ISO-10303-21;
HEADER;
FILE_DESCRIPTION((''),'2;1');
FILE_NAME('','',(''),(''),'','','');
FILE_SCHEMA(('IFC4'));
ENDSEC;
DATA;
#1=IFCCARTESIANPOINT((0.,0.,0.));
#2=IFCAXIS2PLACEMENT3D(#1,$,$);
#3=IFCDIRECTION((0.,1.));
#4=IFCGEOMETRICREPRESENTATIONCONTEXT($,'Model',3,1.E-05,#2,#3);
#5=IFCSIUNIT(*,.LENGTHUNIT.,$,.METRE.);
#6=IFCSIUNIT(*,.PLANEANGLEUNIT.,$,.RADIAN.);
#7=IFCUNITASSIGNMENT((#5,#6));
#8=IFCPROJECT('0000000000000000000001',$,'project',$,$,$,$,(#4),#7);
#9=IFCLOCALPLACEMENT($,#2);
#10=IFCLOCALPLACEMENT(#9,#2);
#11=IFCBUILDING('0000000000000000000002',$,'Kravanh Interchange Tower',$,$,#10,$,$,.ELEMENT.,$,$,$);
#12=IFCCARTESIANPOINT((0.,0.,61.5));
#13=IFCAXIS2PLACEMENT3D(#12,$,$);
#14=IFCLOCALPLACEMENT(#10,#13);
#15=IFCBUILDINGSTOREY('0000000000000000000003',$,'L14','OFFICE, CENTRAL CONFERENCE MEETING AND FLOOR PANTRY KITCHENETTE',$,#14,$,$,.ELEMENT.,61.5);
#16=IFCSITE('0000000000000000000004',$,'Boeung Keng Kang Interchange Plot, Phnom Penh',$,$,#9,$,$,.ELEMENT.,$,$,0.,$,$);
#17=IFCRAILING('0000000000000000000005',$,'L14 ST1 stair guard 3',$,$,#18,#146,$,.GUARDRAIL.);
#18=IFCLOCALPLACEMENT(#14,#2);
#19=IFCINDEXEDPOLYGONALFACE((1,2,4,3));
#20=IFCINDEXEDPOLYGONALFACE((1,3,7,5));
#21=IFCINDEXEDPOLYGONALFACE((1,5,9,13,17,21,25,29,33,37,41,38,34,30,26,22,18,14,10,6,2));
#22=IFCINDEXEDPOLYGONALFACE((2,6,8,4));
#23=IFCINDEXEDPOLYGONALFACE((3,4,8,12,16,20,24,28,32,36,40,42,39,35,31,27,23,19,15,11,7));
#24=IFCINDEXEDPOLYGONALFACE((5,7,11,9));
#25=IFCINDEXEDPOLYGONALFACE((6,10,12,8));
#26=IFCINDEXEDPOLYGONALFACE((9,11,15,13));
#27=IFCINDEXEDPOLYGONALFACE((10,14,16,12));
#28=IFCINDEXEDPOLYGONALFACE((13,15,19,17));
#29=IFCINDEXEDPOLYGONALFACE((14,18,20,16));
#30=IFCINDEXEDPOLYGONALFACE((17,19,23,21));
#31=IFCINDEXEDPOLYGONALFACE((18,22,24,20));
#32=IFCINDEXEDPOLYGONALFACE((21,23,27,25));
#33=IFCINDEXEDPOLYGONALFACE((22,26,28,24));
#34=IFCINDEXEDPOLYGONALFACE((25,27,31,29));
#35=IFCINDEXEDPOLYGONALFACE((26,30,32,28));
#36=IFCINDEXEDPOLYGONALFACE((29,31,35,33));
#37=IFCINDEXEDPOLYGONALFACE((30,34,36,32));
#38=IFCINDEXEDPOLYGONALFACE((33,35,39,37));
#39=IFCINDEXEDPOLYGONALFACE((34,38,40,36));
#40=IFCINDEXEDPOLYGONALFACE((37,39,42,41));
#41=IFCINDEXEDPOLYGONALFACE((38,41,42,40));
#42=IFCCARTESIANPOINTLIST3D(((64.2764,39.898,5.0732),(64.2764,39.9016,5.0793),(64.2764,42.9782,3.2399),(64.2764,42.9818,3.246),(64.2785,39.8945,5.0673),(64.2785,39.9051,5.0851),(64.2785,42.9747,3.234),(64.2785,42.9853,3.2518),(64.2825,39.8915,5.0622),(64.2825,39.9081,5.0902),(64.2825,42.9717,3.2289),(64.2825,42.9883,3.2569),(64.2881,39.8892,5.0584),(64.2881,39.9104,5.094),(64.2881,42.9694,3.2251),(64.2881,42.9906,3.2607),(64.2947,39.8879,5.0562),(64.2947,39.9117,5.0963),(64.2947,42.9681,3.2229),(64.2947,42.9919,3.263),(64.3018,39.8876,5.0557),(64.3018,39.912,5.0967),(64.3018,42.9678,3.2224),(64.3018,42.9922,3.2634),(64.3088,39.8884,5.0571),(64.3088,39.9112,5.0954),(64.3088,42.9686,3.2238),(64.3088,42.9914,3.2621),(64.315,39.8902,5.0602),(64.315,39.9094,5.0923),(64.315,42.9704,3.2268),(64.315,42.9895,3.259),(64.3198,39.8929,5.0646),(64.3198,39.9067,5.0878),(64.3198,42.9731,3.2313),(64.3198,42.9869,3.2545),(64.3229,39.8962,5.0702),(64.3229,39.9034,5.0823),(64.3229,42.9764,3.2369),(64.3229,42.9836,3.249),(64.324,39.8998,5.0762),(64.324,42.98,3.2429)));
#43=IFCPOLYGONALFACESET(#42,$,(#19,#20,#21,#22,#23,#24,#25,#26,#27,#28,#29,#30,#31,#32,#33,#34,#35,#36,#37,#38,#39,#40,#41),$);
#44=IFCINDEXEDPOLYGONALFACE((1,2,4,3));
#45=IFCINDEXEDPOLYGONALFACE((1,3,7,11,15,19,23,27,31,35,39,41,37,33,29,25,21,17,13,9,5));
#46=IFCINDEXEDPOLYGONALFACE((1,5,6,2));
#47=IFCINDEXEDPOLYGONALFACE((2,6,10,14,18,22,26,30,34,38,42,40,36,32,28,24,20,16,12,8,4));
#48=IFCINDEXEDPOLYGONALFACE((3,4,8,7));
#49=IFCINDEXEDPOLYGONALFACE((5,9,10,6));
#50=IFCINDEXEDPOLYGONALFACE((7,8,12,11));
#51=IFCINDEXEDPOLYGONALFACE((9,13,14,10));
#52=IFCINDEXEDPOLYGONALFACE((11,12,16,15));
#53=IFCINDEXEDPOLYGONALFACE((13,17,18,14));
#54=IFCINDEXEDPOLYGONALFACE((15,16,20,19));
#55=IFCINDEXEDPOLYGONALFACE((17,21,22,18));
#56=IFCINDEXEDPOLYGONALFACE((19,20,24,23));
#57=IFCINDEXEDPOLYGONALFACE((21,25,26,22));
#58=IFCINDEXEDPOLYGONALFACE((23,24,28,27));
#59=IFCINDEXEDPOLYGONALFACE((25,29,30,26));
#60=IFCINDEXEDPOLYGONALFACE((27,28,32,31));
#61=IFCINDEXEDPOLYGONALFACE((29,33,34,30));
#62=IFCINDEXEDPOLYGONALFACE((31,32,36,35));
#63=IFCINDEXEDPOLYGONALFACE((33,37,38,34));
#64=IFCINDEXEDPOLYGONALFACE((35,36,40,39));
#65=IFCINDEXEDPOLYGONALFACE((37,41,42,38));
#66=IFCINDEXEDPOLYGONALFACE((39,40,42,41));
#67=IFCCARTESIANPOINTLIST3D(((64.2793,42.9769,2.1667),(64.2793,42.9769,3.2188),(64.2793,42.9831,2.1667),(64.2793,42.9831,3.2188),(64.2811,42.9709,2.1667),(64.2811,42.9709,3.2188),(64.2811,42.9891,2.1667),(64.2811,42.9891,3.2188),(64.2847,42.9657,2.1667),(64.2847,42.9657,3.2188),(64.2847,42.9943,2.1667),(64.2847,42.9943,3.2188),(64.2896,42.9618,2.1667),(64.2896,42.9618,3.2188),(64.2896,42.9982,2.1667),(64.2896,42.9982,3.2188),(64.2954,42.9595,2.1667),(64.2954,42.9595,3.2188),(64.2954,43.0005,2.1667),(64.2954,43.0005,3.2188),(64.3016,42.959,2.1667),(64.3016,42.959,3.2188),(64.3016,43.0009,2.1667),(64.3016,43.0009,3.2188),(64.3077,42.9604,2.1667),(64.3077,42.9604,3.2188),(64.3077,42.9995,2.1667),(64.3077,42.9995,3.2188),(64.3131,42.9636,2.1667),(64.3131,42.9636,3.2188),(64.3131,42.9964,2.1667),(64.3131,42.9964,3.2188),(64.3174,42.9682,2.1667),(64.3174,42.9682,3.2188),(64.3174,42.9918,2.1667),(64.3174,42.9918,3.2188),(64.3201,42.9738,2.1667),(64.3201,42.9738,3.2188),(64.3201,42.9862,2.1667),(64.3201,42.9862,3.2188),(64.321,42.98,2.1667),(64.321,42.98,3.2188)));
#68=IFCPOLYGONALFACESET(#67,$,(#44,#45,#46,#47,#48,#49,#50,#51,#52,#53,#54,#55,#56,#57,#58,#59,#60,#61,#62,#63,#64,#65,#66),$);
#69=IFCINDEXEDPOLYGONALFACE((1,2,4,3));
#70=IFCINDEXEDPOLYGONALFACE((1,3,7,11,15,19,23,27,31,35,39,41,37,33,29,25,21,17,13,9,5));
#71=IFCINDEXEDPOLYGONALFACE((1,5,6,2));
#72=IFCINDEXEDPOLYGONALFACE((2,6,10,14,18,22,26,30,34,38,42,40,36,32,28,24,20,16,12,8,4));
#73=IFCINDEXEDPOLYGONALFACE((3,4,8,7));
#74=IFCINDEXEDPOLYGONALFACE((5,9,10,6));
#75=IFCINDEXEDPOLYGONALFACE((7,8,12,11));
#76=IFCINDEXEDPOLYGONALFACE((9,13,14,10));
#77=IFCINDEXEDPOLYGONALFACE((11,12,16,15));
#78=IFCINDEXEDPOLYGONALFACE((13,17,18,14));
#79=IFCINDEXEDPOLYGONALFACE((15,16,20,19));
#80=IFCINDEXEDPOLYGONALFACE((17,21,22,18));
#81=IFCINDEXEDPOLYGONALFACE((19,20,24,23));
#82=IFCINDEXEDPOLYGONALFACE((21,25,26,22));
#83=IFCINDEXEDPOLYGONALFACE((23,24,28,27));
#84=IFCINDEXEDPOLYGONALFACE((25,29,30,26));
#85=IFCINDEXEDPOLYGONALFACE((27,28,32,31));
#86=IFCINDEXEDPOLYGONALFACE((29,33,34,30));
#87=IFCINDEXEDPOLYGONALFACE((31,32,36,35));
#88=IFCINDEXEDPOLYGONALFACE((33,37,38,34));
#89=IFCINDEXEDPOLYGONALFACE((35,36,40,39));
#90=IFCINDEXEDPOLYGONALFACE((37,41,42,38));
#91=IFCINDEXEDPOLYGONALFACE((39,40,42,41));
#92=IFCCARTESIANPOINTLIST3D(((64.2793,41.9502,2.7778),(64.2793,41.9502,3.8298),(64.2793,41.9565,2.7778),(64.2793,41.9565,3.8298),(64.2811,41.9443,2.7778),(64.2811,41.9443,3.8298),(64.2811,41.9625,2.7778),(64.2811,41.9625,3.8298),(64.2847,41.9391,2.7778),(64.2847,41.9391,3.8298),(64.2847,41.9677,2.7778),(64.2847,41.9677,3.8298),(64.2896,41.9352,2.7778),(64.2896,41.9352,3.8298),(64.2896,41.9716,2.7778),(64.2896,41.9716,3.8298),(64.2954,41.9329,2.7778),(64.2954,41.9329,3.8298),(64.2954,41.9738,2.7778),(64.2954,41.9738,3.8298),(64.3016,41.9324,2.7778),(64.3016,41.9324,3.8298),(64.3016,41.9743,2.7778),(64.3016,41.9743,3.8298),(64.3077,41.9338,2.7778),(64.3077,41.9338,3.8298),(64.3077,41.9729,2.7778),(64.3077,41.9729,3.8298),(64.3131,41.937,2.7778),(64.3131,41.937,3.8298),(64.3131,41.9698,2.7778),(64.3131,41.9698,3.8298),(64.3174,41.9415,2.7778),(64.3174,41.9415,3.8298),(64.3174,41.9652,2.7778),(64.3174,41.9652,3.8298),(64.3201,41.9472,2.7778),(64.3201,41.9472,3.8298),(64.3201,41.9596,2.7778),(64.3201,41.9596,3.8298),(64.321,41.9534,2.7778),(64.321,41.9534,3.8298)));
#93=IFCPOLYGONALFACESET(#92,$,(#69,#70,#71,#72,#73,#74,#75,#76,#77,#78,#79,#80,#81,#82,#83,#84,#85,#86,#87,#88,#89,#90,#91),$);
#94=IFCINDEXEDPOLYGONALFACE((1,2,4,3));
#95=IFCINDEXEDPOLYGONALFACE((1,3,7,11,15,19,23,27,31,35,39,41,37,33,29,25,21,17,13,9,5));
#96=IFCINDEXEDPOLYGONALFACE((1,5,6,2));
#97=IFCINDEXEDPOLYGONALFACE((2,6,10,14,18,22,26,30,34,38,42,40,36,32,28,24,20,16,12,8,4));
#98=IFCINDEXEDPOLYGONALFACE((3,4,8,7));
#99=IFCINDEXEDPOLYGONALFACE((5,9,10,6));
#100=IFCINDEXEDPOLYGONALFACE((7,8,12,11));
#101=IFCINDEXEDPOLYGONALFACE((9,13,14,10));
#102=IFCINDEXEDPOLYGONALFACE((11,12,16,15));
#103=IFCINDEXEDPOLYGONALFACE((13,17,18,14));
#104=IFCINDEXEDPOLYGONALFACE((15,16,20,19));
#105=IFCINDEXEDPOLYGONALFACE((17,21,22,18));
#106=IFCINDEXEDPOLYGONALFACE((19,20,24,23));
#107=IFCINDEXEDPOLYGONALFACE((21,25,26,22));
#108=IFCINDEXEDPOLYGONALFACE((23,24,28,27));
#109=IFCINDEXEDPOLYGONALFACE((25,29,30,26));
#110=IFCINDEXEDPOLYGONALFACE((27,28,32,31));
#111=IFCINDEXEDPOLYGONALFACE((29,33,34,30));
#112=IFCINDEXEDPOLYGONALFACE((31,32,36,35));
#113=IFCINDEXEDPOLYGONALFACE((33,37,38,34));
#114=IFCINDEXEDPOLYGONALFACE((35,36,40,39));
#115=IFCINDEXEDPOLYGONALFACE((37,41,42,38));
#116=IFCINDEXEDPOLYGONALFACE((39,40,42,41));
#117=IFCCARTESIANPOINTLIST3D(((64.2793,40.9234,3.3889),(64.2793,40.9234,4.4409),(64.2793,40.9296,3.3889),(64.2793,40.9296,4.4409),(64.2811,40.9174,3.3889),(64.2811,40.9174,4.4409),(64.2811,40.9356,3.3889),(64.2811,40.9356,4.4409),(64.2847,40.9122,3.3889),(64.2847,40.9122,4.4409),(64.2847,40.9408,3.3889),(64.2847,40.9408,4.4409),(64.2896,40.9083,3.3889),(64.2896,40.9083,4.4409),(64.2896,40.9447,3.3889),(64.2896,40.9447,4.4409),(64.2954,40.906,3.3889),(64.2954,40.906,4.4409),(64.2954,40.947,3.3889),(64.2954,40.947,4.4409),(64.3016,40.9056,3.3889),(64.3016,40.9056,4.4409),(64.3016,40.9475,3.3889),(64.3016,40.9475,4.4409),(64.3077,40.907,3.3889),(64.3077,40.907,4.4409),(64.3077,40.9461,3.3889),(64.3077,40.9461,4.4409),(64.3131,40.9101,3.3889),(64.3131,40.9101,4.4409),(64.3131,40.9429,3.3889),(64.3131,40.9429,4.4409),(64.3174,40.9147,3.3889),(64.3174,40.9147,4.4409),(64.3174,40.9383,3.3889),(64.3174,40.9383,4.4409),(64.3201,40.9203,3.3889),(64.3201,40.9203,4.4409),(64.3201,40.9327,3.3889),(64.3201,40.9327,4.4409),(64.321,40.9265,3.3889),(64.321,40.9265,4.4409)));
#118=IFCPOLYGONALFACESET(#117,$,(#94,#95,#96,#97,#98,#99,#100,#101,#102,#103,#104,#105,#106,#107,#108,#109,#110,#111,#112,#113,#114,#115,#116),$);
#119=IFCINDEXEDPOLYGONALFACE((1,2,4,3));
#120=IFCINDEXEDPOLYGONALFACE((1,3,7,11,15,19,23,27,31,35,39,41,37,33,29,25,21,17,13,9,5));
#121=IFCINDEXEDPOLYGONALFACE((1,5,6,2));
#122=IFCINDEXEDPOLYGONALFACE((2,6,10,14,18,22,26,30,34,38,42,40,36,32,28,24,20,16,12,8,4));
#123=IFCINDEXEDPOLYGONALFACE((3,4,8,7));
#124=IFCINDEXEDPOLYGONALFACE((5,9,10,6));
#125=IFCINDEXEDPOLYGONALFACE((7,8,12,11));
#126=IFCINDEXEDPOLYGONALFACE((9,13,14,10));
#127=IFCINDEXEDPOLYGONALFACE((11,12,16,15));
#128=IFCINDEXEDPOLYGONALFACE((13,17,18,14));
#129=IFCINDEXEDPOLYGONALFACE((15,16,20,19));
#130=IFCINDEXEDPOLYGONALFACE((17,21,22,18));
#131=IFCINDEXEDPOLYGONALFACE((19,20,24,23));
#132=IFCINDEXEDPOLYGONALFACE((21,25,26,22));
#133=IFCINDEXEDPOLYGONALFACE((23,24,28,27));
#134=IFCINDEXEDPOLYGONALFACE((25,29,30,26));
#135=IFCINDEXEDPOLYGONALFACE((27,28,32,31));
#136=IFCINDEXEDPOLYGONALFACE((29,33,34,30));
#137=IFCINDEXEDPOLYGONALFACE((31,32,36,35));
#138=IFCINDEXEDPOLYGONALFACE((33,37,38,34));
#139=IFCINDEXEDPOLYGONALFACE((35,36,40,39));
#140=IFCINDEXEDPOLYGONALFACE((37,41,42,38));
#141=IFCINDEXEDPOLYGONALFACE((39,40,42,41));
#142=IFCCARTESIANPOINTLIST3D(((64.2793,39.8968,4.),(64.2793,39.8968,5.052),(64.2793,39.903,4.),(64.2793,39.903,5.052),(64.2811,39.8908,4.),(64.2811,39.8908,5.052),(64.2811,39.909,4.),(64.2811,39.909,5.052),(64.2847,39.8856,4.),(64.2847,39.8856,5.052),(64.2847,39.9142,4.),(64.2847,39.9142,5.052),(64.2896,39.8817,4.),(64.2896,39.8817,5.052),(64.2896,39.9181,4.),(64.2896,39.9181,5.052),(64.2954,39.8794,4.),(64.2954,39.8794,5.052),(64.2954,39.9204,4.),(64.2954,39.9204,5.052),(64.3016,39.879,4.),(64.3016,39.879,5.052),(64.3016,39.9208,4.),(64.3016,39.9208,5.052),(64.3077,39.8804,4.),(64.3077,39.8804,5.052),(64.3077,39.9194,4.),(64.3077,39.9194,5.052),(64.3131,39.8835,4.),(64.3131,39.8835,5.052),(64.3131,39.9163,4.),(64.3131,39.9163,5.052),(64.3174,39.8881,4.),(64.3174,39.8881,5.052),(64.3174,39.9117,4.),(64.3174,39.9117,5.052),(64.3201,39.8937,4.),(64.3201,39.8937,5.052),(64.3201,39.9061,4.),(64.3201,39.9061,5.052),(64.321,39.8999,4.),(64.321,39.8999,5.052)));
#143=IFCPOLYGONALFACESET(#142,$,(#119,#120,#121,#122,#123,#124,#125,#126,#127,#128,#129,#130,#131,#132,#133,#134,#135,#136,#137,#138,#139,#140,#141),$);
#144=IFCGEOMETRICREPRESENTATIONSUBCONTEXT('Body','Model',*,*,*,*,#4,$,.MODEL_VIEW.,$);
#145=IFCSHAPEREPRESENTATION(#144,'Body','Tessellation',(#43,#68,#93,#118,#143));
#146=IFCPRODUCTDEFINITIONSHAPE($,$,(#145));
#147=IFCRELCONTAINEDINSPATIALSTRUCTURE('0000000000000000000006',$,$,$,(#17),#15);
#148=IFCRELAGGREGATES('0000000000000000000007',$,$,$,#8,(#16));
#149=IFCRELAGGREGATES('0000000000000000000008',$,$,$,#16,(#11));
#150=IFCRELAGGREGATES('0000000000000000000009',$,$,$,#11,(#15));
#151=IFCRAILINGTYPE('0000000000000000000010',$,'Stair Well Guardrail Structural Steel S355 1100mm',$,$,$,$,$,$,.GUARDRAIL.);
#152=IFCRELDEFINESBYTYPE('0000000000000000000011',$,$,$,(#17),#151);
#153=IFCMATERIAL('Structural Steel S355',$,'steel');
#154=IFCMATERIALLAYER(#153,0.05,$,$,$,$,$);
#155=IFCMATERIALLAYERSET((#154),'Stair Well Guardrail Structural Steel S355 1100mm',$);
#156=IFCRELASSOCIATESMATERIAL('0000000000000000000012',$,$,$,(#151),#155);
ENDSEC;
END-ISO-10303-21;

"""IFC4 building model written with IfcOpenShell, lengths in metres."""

from ifc_helpers import new_model, si_unit, direction, frame, origin, origin_2d, place, context, subcontext, project, spatial, circle, extrude, material, layer, layer_set, type_object, element, save


model = new_model("IFC4")

# Units and contexts
model_context = context("Model", 3, precision=1e-05, world=origin(), true_north=direction((0.0, 1.0)))
body_context = subcontext(model_context, "Body", "Model", "MODEL_VIEW")
ifc_project = project(units=[si_unit("LENGTHUNIT", "METRE"), si_unit("PLANEANGLEUNIT", "RADIAN")], contexts=[model_context])

# Site, building, storey
site_placement = place(None, origin())
site = spatial("IfcSite", under=ifc_project, at=site_placement, Name="Boeung Keng Kang Interchange Plot, Phnom Penh", CompositionType="ELEMENT", RefElevation=0.0)
building_placement = place(site_placement, origin())
building = spatial("IfcBuilding", under=site, at=building_placement, Name="Kravanh Interchange Tower", CompositionType="ELEMENT")
storey_placement = place(building_placement, frame((0.0, 0.0, 61.5)))
storey = spatial("IfcBuildingStorey", under=building, at=storey_placement, Name="L14", Description="OFFICE, CENTRAL CONFERENCE MEETING AND FLOOR PANTRY KITCHENETTE", CompositionType="ELEMENT", Elevation=61.5)

# Railing
ifc_material_1 = material(Name="Structural Steel S355", Category="steel")
ifc_layer_1 = layer(ifc_material_1, 0.05)
ifc_layer_set_1 = layer_set([ifc_layer_1], Name="Stair Well Guardrail Structural Steel S355 1100mm")
railing_type_1 = type_object("IfcRailingType", Name="Stair Well Guardrail Structural Steel S355 1100mm", PredefinedType="GUARDRAIL", material=ifc_layer_set_1)
railing_1_placement = place(storey_placement, frame((64.3, 42.98, 2.1667)))
element("IfcRailing", 1, at=railing_1_placement, inside=storey, type_object=railing_type_1, Name="L14 ST1 stair guard 3", PredefinedType="GUARDRAIL", context=body_context, shape_type="SweptSolid", body=[
    extrude(circle(Radius=0.0239, at=origin_2d()), frame((0.0, 0.0, 1.0762), z_axis=(0.0, -0.859309, 0.511458), x_axis=(1.0, 0.0, 0.0)), (0.0, 0.0, 1.0), 3.5845),
    extrude(circle(Radius=0.021, at=origin_2d()), origin(), (0.0, 0.0, 1.0), 1.052),
    extrude(circle(Radius=0.021, at=origin_2d()), frame((0.0, -1.0266, 0.6111)), (0.0, 0.0, 1.0), 1.052),
    extrude(circle(Radius=0.021, at=origin_2d()), frame((0.0, -2.0535, 1.2222)), (0.0, 0.0, 1.0), 1.052),
    extrude(circle(Radius=0.021, at=origin_2d()), frame((0.0, -3.0801, 1.8333)), (0.0, 0.0, 1.0), 1.052),
])

save(model, "model.ifc")
